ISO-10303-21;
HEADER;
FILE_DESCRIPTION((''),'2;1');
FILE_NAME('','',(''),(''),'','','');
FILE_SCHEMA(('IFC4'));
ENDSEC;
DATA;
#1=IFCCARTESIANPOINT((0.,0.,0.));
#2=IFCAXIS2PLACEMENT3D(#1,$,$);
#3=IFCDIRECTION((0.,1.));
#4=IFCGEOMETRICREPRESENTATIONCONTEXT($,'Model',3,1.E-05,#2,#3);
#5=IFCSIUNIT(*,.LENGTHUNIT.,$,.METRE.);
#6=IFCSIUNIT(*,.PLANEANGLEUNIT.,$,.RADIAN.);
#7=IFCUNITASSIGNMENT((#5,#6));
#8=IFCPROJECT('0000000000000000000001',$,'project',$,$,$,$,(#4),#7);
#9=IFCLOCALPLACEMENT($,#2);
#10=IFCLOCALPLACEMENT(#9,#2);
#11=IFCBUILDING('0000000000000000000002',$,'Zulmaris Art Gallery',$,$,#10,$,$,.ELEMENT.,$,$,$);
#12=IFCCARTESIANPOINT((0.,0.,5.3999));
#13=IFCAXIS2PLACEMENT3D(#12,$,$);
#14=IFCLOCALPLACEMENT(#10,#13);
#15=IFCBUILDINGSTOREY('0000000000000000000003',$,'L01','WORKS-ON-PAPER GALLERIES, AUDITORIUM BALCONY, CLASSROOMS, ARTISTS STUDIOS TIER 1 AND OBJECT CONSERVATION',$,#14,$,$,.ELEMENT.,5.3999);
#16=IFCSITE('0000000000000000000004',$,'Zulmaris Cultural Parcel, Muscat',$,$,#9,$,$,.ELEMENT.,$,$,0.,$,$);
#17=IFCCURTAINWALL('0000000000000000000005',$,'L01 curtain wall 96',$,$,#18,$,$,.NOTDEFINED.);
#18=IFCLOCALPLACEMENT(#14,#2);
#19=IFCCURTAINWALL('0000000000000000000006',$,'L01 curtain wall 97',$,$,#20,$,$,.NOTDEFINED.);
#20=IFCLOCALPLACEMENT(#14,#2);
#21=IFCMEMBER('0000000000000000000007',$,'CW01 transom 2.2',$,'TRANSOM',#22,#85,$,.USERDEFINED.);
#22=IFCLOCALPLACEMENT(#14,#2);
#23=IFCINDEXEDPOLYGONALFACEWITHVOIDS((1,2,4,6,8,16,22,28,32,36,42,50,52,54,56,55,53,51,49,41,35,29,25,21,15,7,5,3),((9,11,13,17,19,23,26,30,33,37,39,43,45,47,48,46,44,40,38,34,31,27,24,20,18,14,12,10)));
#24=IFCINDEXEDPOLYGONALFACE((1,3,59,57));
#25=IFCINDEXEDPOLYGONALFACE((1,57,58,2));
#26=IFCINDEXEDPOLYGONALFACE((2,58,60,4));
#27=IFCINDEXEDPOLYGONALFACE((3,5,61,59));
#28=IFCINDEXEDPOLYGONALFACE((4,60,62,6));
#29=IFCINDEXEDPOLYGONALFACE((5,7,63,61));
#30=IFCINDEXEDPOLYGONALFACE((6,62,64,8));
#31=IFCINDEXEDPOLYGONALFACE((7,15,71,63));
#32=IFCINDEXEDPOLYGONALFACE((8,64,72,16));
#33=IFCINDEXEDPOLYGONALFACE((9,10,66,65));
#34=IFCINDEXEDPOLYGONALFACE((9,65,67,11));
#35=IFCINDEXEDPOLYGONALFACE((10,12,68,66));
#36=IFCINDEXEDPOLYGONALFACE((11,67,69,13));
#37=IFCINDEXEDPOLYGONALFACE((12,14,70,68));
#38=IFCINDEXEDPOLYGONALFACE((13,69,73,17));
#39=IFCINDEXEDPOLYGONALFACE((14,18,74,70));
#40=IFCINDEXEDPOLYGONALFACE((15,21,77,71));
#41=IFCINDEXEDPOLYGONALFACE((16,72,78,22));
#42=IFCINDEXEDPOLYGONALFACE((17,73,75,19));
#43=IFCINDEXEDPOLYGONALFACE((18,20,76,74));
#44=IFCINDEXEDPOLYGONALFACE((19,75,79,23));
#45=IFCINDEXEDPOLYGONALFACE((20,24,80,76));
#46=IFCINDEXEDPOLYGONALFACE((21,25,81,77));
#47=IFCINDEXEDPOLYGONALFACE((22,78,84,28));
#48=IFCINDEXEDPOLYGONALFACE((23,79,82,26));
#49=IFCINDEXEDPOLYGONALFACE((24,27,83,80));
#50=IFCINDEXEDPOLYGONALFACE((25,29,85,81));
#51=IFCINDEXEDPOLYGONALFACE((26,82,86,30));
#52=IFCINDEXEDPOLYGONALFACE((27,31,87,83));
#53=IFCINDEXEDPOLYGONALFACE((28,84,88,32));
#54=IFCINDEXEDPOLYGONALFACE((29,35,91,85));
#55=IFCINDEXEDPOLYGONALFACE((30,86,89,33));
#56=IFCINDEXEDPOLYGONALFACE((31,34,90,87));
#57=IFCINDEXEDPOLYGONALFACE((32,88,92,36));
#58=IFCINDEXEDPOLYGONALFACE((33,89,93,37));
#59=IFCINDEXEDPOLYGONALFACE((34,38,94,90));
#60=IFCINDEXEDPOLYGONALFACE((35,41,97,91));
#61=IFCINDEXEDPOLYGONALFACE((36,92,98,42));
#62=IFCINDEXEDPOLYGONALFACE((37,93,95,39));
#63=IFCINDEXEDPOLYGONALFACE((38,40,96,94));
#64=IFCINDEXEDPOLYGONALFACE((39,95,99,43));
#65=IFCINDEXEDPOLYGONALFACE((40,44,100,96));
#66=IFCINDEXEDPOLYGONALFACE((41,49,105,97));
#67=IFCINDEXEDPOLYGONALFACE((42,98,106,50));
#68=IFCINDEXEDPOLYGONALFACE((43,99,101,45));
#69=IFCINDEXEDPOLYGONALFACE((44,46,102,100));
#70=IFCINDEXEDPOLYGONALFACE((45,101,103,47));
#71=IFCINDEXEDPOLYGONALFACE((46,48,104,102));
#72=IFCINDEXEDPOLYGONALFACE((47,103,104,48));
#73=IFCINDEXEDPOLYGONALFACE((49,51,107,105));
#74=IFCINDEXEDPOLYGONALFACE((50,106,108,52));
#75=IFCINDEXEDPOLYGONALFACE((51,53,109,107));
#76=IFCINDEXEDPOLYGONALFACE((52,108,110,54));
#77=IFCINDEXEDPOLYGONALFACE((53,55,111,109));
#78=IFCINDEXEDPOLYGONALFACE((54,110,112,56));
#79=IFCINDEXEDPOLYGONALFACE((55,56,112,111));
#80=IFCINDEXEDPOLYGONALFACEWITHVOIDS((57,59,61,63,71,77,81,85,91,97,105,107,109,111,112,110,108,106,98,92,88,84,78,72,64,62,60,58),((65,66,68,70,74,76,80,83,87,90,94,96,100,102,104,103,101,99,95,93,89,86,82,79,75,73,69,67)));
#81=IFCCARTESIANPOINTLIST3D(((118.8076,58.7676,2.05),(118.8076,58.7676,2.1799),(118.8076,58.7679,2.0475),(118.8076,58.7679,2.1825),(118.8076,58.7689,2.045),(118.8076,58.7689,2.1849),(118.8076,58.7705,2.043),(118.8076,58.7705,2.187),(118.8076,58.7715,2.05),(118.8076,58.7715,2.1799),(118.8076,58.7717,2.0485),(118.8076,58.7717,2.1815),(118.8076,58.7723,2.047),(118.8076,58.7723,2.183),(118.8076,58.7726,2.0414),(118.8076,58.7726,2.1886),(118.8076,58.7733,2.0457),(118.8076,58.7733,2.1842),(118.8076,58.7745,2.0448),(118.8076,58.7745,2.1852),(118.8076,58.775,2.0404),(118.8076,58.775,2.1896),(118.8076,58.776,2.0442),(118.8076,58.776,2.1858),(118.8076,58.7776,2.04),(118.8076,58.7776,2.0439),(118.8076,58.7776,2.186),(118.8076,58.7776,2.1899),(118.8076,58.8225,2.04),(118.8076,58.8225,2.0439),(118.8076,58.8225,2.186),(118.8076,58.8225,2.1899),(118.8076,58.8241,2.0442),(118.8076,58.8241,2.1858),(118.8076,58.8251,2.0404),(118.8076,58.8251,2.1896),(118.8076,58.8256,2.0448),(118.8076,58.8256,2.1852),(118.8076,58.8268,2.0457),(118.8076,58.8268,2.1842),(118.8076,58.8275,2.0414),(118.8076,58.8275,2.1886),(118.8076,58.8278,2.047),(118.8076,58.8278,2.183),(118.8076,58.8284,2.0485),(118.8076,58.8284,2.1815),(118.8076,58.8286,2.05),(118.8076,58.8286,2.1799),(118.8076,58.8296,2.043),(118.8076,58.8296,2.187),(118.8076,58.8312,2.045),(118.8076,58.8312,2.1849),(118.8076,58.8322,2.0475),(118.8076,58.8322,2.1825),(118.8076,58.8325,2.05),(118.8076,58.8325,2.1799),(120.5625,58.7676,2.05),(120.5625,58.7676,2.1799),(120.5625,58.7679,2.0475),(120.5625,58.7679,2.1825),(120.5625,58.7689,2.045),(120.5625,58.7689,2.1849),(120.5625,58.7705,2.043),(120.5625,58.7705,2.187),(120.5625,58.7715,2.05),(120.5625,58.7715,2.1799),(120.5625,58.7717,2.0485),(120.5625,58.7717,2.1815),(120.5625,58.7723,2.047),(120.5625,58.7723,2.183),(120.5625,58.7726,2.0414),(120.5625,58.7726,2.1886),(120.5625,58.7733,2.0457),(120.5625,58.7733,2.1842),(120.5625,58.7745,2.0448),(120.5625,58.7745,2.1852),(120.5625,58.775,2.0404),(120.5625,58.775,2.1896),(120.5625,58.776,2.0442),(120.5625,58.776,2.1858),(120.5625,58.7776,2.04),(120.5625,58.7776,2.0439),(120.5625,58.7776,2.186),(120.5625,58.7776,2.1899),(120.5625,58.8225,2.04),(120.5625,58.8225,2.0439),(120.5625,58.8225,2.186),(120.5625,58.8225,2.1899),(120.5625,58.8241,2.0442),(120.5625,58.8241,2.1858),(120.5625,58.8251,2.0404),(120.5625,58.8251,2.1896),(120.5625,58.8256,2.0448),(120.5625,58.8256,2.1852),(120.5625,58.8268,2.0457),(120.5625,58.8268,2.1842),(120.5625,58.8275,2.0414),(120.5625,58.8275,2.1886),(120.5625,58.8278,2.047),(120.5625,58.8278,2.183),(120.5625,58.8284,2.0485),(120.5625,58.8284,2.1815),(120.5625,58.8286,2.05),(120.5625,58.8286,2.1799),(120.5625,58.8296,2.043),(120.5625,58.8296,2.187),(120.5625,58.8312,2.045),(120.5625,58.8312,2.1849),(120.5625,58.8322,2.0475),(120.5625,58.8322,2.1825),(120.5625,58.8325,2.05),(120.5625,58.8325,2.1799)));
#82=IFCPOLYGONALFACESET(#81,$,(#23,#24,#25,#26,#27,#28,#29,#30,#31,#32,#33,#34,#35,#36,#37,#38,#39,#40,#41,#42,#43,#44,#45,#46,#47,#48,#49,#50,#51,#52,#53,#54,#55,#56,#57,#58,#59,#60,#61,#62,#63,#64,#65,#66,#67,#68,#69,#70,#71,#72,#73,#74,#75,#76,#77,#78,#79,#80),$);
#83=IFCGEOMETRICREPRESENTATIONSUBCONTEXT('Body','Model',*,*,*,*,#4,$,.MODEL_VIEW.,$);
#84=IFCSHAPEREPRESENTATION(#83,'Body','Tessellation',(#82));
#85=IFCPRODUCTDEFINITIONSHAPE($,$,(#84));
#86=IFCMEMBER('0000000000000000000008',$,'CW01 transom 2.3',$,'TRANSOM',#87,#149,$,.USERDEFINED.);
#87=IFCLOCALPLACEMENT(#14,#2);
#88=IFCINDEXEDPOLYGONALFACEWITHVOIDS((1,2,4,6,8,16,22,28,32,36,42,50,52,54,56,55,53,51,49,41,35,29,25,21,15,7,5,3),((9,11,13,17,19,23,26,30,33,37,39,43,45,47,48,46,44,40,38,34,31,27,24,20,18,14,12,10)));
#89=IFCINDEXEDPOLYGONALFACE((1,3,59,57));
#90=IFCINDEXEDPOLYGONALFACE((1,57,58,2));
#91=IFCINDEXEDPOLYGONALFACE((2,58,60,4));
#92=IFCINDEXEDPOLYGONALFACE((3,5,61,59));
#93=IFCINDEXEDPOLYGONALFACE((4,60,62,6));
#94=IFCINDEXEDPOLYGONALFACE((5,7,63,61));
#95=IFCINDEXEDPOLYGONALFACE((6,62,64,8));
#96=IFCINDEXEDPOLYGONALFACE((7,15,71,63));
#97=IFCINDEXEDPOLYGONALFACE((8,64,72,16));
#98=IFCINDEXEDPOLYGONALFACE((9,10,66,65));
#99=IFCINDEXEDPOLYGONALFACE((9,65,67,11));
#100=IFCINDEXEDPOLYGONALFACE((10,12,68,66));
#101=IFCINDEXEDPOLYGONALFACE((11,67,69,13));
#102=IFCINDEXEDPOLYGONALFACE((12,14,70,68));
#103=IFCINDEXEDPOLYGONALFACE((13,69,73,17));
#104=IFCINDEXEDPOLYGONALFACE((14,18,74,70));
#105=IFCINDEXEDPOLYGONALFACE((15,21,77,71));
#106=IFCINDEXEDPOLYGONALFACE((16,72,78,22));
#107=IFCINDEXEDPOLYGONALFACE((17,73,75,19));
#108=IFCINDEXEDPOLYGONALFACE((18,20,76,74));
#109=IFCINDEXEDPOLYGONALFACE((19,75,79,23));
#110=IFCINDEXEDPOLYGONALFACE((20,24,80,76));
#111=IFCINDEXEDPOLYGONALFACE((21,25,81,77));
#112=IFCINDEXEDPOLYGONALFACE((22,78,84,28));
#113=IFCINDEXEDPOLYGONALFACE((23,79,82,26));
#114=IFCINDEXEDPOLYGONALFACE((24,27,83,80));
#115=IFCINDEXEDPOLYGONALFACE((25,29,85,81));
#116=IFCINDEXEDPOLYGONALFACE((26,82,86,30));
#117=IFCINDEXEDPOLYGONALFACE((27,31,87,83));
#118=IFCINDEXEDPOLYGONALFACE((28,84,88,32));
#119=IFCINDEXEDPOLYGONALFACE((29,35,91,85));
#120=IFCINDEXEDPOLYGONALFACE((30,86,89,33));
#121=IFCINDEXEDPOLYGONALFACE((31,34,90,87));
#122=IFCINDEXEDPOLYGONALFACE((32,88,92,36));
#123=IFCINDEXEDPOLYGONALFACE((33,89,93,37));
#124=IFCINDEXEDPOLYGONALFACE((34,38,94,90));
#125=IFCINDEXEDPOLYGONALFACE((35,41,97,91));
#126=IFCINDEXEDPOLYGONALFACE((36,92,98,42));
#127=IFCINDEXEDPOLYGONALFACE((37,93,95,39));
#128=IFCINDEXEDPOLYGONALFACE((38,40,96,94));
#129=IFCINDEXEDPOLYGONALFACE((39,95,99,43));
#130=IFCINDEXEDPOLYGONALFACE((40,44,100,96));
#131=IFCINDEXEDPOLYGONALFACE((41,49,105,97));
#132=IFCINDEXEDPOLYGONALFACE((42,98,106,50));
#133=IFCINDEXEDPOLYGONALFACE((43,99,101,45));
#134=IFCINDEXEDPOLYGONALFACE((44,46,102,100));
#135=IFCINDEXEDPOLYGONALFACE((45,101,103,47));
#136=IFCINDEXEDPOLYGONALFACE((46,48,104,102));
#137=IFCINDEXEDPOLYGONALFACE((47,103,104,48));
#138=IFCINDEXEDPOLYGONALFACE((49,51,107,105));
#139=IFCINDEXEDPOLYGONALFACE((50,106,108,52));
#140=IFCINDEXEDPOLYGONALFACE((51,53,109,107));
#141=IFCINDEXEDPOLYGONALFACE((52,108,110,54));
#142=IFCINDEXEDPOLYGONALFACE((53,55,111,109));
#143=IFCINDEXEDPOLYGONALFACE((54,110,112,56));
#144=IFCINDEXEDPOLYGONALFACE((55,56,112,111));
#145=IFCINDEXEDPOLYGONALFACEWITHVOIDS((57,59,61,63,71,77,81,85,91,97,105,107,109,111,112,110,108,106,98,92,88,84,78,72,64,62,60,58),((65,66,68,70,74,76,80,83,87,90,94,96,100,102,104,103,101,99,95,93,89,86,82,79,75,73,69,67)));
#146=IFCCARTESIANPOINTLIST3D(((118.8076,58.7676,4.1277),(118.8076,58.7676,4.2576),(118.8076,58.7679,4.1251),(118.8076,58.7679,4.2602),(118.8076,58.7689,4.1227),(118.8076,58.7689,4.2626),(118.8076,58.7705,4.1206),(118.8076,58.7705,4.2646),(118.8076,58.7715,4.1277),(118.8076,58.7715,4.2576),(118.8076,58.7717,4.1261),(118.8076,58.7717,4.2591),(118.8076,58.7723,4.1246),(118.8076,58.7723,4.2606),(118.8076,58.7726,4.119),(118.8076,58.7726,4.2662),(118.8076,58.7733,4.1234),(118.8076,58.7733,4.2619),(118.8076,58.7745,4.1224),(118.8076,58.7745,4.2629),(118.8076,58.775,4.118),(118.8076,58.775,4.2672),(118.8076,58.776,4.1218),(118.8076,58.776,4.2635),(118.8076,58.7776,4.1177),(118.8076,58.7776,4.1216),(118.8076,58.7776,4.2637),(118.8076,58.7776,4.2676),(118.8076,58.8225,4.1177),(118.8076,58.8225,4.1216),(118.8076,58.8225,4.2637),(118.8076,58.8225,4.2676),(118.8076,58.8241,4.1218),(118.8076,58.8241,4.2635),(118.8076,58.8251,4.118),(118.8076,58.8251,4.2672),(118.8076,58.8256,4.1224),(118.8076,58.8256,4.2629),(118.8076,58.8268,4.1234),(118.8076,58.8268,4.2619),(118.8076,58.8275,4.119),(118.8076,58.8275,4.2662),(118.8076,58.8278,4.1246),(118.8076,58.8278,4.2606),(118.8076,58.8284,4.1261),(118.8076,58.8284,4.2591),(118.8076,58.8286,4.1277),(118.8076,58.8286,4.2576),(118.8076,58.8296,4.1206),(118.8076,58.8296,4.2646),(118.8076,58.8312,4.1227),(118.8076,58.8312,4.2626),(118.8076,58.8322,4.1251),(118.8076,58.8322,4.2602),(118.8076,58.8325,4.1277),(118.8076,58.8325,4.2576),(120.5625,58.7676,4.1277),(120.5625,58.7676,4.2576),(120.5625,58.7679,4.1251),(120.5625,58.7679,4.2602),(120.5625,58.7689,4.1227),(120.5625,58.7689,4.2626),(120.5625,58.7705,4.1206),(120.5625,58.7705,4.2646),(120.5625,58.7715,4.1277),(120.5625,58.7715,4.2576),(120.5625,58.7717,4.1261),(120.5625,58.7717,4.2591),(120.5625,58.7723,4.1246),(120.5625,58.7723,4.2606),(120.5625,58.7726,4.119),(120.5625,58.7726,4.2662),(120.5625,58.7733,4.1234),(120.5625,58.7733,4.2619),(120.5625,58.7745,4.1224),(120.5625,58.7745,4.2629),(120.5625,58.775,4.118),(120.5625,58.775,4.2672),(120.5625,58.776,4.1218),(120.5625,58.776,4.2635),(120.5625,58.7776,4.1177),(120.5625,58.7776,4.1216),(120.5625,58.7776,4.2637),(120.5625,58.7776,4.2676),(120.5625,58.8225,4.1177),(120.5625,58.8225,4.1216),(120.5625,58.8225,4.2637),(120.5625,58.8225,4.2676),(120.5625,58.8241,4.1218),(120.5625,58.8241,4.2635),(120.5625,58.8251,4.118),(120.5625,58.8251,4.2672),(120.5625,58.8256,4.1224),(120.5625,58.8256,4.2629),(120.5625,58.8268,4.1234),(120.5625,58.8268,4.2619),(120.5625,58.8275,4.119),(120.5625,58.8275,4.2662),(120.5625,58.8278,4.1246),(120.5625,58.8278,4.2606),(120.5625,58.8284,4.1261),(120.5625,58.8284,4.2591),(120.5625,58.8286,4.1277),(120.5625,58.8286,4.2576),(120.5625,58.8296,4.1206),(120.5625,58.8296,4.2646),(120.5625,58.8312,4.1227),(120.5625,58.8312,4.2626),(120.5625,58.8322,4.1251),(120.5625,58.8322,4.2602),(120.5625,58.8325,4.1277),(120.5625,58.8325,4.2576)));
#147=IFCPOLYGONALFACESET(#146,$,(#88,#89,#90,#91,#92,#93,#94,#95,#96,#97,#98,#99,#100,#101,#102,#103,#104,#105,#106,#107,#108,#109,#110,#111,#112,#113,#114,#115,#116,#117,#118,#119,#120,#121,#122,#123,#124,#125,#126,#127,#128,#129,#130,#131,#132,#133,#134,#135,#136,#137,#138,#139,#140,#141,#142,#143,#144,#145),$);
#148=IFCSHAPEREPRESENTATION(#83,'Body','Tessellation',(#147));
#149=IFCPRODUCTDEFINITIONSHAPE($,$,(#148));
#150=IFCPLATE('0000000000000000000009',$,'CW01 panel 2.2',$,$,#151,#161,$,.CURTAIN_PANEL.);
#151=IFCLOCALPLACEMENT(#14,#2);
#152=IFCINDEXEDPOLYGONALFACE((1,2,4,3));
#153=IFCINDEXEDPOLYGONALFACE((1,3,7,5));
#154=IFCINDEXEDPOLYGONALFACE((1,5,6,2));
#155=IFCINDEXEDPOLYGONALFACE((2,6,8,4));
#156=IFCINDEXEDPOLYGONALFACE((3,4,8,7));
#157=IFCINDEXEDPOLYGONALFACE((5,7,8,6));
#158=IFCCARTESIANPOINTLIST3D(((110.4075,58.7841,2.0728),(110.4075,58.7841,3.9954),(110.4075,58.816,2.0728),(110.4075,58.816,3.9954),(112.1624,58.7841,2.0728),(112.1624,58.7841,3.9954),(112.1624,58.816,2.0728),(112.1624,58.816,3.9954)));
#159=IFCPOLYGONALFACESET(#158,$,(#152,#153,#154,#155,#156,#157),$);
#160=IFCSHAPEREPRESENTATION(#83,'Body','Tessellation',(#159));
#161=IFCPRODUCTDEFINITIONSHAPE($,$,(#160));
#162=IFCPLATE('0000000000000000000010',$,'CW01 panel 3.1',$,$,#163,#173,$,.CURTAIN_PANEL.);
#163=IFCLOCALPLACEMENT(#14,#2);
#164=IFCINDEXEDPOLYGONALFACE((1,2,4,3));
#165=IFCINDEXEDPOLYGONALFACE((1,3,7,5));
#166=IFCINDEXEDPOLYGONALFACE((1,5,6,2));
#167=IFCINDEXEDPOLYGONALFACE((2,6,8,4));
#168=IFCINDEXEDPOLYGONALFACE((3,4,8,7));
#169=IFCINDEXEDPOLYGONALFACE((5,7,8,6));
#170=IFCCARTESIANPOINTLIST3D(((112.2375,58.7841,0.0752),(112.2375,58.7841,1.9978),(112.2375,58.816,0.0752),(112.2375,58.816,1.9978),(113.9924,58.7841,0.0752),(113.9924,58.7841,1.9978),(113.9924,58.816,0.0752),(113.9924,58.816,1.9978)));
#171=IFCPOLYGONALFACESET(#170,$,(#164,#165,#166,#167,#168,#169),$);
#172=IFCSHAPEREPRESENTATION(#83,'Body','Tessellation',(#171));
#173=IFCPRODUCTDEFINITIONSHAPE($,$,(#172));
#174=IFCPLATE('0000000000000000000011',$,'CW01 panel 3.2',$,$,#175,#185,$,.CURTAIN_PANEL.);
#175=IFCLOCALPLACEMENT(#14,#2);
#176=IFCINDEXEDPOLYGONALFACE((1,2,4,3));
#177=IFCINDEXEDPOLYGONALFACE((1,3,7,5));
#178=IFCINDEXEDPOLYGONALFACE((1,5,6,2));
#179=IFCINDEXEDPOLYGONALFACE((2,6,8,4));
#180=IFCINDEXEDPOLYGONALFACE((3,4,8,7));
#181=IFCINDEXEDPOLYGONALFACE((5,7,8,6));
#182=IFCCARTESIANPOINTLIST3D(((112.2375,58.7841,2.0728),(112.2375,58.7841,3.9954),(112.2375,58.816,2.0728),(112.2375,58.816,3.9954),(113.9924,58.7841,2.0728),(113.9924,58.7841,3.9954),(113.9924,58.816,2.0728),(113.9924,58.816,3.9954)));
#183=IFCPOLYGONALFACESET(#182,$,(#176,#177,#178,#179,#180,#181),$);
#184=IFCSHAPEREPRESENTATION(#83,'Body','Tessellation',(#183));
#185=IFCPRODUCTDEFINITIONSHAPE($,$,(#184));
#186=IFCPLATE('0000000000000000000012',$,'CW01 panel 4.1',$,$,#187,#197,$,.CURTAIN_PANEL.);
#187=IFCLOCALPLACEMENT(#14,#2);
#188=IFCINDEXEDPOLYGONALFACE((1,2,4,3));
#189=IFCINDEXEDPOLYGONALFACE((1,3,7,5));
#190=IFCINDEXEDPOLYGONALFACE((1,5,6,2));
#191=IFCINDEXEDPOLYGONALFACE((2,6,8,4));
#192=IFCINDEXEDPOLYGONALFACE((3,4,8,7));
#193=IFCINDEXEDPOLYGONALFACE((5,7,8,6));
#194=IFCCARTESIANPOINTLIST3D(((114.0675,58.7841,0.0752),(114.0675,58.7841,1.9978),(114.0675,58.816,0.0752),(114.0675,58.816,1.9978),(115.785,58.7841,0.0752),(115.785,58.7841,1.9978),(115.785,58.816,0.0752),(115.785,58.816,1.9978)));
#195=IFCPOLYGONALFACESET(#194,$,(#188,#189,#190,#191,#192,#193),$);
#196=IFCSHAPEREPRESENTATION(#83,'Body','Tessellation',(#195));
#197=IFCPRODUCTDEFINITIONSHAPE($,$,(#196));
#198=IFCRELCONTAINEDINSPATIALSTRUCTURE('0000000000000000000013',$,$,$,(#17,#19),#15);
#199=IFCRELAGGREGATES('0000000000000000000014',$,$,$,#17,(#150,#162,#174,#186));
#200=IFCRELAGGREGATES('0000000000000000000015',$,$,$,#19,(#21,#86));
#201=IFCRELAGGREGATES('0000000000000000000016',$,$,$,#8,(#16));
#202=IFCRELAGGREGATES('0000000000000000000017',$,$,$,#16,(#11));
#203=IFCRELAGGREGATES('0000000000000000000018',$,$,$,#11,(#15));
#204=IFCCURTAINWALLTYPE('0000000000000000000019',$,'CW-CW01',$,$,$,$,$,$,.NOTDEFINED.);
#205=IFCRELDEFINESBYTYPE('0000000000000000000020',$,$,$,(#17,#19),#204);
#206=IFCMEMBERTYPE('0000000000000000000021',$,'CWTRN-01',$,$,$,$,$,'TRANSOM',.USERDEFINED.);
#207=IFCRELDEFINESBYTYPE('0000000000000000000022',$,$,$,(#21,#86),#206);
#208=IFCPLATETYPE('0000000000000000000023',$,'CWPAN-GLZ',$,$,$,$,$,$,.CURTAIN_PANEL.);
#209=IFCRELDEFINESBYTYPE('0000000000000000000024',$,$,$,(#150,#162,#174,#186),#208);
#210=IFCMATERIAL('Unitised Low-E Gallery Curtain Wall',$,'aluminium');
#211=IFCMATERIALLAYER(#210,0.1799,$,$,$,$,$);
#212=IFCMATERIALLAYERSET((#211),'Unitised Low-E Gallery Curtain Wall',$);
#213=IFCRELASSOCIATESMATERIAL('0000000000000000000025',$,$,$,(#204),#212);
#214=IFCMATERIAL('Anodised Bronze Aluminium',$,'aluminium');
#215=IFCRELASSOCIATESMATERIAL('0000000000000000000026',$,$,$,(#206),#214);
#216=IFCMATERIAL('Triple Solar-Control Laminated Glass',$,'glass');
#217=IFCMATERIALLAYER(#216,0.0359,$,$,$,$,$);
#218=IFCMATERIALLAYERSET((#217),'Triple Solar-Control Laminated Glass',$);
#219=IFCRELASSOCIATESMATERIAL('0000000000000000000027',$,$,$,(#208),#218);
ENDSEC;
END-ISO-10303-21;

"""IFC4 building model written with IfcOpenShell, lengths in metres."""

from ifc_helpers import new_model, si_unit, direction, frame, origin, origin_2d, place, context, subcontext, project, spatial, rectangle, hollow_rectangle, extrude, material, layer, layer_set, material_profile, profile_set, type_object, element, aggregate, save


model = new_model("IFC4")

# Units and contexts
model_context = context("Model", 3, precision=1e-05, world=origin(), true_north=direction((0.0, 1.0)))
body_context = subcontext(model_context, "Body", "Model", "MODEL_VIEW")
ifc_project = project(units=[si_unit("LENGTHUNIT", "METRE"), si_unit("PLANEANGLEUNIT", "RADIAN")], contexts=[model_context])

# Site, building, storey
site_placement = place(None, origin())
site = spatial("IfcSite", under=ifc_project, at=site_placement, Name="Zulmaris Cultural Parcel, Muscat", CompositionType="ELEMENT", RefElevation=0.0)
building_placement = place(site_placement, origin())
building = spatial("IfcBuilding", under=site, at=building_placement, Name="Zulmaris Art Gallery", CompositionType="ELEMENT")
storey_placement = place(building_placement, frame((0.0, 0.0, 5.3999)))
storey = spatial("IfcBuildingStorey", under=building, at=storey_placement, Name="L01", Description="WORKS-ON-PAPER GALLERIES, AUDITORIUM BALCONY, CLASSROOMS, ARTISTS STUDIOS TIER 1 AND OBJECT CONSERVATION", CompositionType="ELEMENT", Elevation=5.3999)

# Curtain walls
ifc_material_1 = material(Name="Unitised Low-E Gallery Curtain Wall", Category="aluminium")
ifc_layer_1 = layer(ifc_material_1, 0.1799)
ifc_layer_set_1 = layer_set([ifc_layer_1], Name="Unitised Low-E Gallery Curtain Wall")
curtain_wall_type = type_object("IfcCurtainWallType", Name="CW-CW01", PredefinedType="NOTDEFINED", material=ifc_layer_set_1)
curtain_wall_1_placement = place(storey_placement, origin())
curtain_wall_1 = element("IfcCurtainWall", 1, at=curtain_wall_1_placement, inside=storey, type_object=curtain_wall_type, Name="L01 curtain wall 96", PredefinedType="NOTDEFINED")
ifc_material_2 = material(Name="Anodised Bronze Aluminium", Category="aluminium")
curtain_wall_2_placement = place(storey_placement, origin())
curtain_wall_2 = element("IfcCurtainWall", 2, at=curtain_wall_2_placement, inside=storey, type_object=curtain_wall_type, Name="L01 curtain wall 97", PredefinedType="NOTDEFINED")

# Members
ifc_material_profile_1 = material_profile(ifc_material_2, hollow_rectangle(XDim=0.0649, YDim=0.1499, WallThickness=0.0039, InnerFilletRadius=0.0061, OuterFilletRadius=0.01, at=origin_2d()), Name="ALU 65x150x4")
ifc_profile_set_1 = profile_set([ifc_material_profile_1], Name="Anodised Bronze Aluminium")
member_type_1 = type_object("IfcMemberType", Name="CWTRN-01", ElementType="TRANSOM", PredefinedType="USERDEFINED", material=ifc_profile_set_1)
member_1_placement = place(storey_placement, frame((118.8076, 58.8, 2.115), z_axis=(1.0, 0.0, 0.0), x_axis=(0.0, 1.0, 0.0)))
member_1 = element("IfcMember", 3, at=member_1_placement, type_object=member_type_1, Name="CW01 transom 2.2", ObjectType="TRANSOM", PredefinedType="USERDEFINED", context=body_context, shape_type="SweptSolid", body=[
    extrude(hollow_rectangle(XDim=0.0649, YDim=0.1499, WallThickness=0.0039, InnerFilletRadius=0.0061, OuterFilletRadius=0.01, at=origin_2d()), origin(), (0.0, 0.0, 1.0), 1.7549),
])
member_2_placement = place(storey_placement, frame((118.8076, 58.8, 4.1926), z_axis=(1.0, 0.0, 0.0), x_axis=(0.0, 1.0, 0.0)))
member_2 = element("IfcMember", 4, at=member_2_placement, type_object=member_type_1, Name="CW01 transom 2.3", ObjectType="TRANSOM", PredefinedType="USERDEFINED", context=body_context, shape_type="SweptSolid", body=[
    extrude(hollow_rectangle(XDim=0.0649, YDim=0.1499, WallThickness=0.0039, InnerFilletRadius=0.0061, OuterFilletRadius=0.01, at=origin_2d()), origin(), (0.0, 0.0, 1.0), 1.7549),
])

# Plates
ifc_material_3 = material(Name="Triple Solar-Control Laminated Glass", Category="glass")
ifc_layer_2 = layer(ifc_material_3, 0.0359)
ifc_layer_set_2 = layer_set([ifc_layer_2], Name="Triple Solar-Control Laminated Glass")
plate_type = type_object("IfcPlateType", Name="CWPAN-GLZ", PredefinedType="CURTAIN_PANEL", material=ifc_layer_set_2)
plate_1_placement = place(storey_placement, frame((111.2849, 58.8, 2.0728), z_axis=(0.0, 0.0, 1.0), x_axis=(1.0, 0.0, 0.0)))
plate_1 = element("IfcPlate", 5, at=plate_1_placement, type_object=plate_type, Name="CW01 panel 2.2", PredefinedType="CURTAIN_PANEL", context=body_context, shape_type="SweptSolid", body=[
    extrude(rectangle(XDim=1.7549, YDim=0.032, at=origin_2d()), origin(), (0.0, 0.0, 1.0), 1.9226),
])
plate_2_placement = place(storey_placement, frame((113.115, 58.8, 0.0752), z_axis=(0.0, 0.0, 1.0), x_axis=(1.0, 0.0, 0.0)))
plate_2 = element("IfcPlate", 6, at=plate_2_placement, type_object=plate_type, Name="CW01 panel 3.1", PredefinedType="CURTAIN_PANEL", context=body_context, shape_type="SweptSolid", body=[
    extrude(rectangle(XDim=1.7549, YDim=0.032, at=origin_2d()), origin(), (0.0, 0.0, 1.0), 1.9226),
])
plate_3_placement = place(storey_placement, frame((113.115, 58.8, 2.0728), z_axis=(0.0, 0.0, 1.0), x_axis=(1.0, 0.0, 0.0)))
plate_3 = element("IfcPlate", 7, at=plate_3_placement, type_object=plate_type, Name="CW01 panel 3.2", PredefinedType="CURTAIN_PANEL", context=body_context, shape_type="SweptSolid", body=[
    extrude(rectangle(XDim=1.7549, YDim=0.032, at=origin_2d()), origin(), (0.0, 0.0, 1.0), 1.9226),
])
plate_4_placement = place(storey_placement, frame((114.9263, 58.8, 0.0752), z_axis=(0.0, 0.0, 1.0), x_axis=(1.0, 0.0, 0.0)))
plate_4 = element("IfcPlate", 8, at=plate_4_placement, type_object=plate_type, Name="CW01 panel 4.1", PredefinedType="CURTAIN_PANEL", context=body_context, shape_type="SweptSolid", body=[
    extrude(rectangle(XDim=1.7175, YDim=0.032, at=origin_2d()), origin(), (0.0, 0.0, 1.0), 1.9226),
])
aggregate(curtain_wall_1, [plate_1, plate_2, plate_3, plate_4])
aggregate(curtain_wall_2, [member_1, member_2])

save(model, "model.ifc")
